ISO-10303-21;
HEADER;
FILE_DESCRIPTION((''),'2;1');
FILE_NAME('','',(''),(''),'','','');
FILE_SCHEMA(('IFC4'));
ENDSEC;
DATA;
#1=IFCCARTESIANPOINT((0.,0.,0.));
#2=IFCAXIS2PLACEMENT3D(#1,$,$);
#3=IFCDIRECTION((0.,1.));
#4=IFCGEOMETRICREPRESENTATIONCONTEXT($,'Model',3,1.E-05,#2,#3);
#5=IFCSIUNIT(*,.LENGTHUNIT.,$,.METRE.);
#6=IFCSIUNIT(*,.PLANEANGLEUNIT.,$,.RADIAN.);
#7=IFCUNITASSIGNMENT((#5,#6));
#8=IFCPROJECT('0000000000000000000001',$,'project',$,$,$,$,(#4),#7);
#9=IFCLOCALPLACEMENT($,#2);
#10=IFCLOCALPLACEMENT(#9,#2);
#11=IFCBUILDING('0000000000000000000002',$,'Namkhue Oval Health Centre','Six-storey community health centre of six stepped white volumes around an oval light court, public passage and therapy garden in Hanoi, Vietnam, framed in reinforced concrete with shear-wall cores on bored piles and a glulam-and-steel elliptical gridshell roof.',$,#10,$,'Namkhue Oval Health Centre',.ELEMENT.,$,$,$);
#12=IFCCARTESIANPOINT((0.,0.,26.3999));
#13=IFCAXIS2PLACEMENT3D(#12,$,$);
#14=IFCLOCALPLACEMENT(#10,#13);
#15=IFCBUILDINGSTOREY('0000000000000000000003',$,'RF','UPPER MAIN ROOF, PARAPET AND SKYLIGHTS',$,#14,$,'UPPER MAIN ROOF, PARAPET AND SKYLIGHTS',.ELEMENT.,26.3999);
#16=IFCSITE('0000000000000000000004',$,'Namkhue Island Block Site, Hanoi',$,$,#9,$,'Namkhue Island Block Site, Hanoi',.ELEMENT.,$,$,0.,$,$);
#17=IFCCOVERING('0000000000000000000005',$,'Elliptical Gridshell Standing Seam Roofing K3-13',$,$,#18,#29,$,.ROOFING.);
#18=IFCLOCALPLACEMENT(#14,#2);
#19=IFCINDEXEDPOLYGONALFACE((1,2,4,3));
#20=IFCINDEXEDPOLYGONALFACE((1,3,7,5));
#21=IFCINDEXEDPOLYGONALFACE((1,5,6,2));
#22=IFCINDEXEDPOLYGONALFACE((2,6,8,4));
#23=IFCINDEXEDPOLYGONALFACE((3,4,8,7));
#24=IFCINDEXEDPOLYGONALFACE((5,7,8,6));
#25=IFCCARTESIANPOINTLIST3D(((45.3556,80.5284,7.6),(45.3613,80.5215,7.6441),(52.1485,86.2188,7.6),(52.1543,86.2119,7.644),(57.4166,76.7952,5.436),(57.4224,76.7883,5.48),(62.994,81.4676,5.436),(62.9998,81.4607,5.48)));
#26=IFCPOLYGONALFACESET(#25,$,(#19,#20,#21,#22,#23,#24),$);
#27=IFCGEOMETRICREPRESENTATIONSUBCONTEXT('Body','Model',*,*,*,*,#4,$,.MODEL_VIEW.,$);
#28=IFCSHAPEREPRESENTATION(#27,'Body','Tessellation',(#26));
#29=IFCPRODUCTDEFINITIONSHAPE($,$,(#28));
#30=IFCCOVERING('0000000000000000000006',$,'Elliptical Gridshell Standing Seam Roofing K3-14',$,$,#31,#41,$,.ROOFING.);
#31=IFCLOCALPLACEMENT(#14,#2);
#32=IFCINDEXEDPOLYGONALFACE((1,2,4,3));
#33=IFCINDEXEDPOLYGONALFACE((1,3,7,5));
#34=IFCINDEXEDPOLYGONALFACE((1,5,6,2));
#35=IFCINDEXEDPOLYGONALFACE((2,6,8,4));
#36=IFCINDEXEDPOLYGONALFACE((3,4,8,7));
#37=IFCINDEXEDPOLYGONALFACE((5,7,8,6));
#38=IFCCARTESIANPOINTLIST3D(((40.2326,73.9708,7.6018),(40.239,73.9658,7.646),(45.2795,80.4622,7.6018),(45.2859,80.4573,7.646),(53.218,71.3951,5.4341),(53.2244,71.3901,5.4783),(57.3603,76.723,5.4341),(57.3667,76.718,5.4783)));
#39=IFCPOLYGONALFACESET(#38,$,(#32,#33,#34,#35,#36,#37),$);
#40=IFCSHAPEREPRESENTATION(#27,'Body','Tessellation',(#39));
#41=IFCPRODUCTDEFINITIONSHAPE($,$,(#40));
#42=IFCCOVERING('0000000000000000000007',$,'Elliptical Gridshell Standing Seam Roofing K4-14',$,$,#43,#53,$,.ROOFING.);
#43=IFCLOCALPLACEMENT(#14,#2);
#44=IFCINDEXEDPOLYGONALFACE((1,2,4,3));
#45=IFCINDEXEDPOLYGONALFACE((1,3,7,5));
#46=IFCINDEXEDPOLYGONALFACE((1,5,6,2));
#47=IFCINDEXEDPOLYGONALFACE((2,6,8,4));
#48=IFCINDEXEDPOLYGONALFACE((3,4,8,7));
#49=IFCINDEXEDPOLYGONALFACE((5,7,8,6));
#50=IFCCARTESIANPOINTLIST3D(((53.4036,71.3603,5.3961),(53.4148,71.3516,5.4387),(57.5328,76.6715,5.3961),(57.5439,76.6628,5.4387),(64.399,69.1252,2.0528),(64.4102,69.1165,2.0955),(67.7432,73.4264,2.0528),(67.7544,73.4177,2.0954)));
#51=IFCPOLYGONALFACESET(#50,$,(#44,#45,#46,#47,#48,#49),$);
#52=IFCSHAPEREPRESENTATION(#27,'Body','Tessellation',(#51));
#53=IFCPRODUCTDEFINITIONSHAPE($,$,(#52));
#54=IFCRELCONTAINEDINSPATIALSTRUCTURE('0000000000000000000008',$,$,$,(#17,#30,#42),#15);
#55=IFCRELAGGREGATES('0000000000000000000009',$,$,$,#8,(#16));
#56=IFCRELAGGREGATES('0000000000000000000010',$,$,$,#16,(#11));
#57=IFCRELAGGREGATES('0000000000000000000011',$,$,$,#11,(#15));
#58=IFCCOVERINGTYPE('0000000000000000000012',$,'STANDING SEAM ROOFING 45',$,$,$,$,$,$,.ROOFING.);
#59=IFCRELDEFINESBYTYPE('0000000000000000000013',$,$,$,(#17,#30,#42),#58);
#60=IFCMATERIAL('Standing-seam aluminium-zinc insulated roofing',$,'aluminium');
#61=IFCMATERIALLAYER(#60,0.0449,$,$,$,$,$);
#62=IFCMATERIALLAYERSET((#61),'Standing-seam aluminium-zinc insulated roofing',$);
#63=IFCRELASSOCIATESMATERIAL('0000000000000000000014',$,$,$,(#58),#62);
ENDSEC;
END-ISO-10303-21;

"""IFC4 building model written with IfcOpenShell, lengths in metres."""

from ifc_helpers import new_model, si_unit, direction, frame, origin, place, context, subcontext, project, spatial, polyline, outline, extrude, material, layer, layer_set, type_object, element, save


model = new_model("IFC4")

# Units and contexts
model_context = context("Model", 3, precision=1e-05, world=origin(), true_north=direction((0.0, 1.0)))
body_context = subcontext(model_context, "Body", "Model", "MODEL_VIEW")
ifc_project = project(units=[si_unit("LENGTHUNIT", "METRE"), si_unit("PLANEANGLEUNIT", "RADIAN")], contexts=[model_context])

# Site, building, storey
site_placement = place(None, origin())
site = spatial("IfcSite", under=ifc_project, at=site_placement, Name="Namkhue Island Block Site, Hanoi", LongName="Namkhue Island Block Site, Hanoi", CompositionType="ELEMENT", RefElevation=0.0)
building_placement = place(site_placement, origin())
building = spatial("IfcBuilding", under=site, at=building_placement, Name="Namkhue Oval Health Centre", Description="Six-storey community health centre of six stepped white volumes around an oval light court, public passage and therapy garden in Hanoi, Vietnam, framed in reinforced concrete with shear-wall cores on bored piles and a glulam-and-steel elliptical gridshell roof.", LongName="Namkhue Oval Health Centre", CompositionType="ELEMENT")
storey_placement = place(building_placement, frame((0.0, 0.0, 26.3999)))
storey = spatial("IfcBuildingStorey", under=building, at=storey_placement, Name="RF", Description="UPPER MAIN ROOF, PARAPET AND SKYLIGHTS", LongName="UPPER MAIN ROOF, PARAPET AND SKYLIGHTS", CompositionType="ELEMENT", Elevation=26.3999)

# Coverings
ifc_material_1 = material(Name="Standing-seam aluminium-zinc insulated roofing", Category="aluminium")
ifc_layer_1 = layer(ifc_material_1, 0.0449)
ifc_layer_set_1 = layer_set([ifc_layer_1], Name="Standing-seam aluminium-zinc insulated roofing")
covering_type_1 = type_object("IfcCoveringType", Name="STANDING SEAM ROOFING 45", PredefinedType="ROOFING", material=ifc_layer_set_1)
covering_1_placement = place(storey_placement, frame((52.1543, 86.2119, 7.644), z_axis=(0.128374, -0.153243, 0.979815), x_axis=(-0.766574, -0.642155, 0.000002)))
element("IfcCovering", 1, at=covering_1_placement, inside=storey, type_object=covering_type_1, Name="Elliptical Gridshell Standing Seam Roofing K3-13", PredefinedType="ROOFING", context=body_context, shape_type="SweptSolid", body=[
    extrude(outline(polyline([(0.0, 0.0), (8.8615, 0.0), (2.013, 10.8253), (-5.2628, 10.8251), (0.0, 0.0)])), origin(), (0.0, 0.0, -1.0), 0.0449),
])
covering_2_placement = place(storey_placement, frame((45.2859, 80.4573, 7.646), z_axis=(0.142264, -0.110606, 0.98363), x_axis=(-0.613787, -0.789472, -0.000001)))
element("IfcCovering", 2, at=covering_2_placement, inside=storey, type_object=covering_type_1, Name="Elliptical Gridshell Standing Seam Roofing K3-14", PredefinedType="ROOFING", context=body_context, shape_type="SweptSolid", body=[
    extrude(outline(polyline([(0.0, 0.0), (8.2225, 0.0), (2.2857, 12.0294), (-4.463, 12.0295), (0.0, 0.0)])), origin(), (0.0, 0.0, -1.0), 0.0449),
])
covering_3_placement = place(storey_placement, frame((57.5439, 76.6628, 5.4387), z_axis=(0.249144, -0.1937, 0.948898), x_axis=(-0.613771, -0.789484, -0.000006)))
element("IfcCovering", 3, at=covering_3_placement, inside=storey, type_object=covering_type_1, Name="Elliptical Gridshell Standing Seam Roofing K4-14", PredefinedType="ROOFING", context=body_context, shape_type="SweptSolid", body=[
    extrude(outline(polyline([(0.0, 0.0), (6.7275, 0.0), (1.7435, 10.5939), (-3.7049, 10.5941), (0.0, 0.0)])), origin(), (0.0, 0.0, -1.0), 0.0449),
])

save(model, "model.ifc")
